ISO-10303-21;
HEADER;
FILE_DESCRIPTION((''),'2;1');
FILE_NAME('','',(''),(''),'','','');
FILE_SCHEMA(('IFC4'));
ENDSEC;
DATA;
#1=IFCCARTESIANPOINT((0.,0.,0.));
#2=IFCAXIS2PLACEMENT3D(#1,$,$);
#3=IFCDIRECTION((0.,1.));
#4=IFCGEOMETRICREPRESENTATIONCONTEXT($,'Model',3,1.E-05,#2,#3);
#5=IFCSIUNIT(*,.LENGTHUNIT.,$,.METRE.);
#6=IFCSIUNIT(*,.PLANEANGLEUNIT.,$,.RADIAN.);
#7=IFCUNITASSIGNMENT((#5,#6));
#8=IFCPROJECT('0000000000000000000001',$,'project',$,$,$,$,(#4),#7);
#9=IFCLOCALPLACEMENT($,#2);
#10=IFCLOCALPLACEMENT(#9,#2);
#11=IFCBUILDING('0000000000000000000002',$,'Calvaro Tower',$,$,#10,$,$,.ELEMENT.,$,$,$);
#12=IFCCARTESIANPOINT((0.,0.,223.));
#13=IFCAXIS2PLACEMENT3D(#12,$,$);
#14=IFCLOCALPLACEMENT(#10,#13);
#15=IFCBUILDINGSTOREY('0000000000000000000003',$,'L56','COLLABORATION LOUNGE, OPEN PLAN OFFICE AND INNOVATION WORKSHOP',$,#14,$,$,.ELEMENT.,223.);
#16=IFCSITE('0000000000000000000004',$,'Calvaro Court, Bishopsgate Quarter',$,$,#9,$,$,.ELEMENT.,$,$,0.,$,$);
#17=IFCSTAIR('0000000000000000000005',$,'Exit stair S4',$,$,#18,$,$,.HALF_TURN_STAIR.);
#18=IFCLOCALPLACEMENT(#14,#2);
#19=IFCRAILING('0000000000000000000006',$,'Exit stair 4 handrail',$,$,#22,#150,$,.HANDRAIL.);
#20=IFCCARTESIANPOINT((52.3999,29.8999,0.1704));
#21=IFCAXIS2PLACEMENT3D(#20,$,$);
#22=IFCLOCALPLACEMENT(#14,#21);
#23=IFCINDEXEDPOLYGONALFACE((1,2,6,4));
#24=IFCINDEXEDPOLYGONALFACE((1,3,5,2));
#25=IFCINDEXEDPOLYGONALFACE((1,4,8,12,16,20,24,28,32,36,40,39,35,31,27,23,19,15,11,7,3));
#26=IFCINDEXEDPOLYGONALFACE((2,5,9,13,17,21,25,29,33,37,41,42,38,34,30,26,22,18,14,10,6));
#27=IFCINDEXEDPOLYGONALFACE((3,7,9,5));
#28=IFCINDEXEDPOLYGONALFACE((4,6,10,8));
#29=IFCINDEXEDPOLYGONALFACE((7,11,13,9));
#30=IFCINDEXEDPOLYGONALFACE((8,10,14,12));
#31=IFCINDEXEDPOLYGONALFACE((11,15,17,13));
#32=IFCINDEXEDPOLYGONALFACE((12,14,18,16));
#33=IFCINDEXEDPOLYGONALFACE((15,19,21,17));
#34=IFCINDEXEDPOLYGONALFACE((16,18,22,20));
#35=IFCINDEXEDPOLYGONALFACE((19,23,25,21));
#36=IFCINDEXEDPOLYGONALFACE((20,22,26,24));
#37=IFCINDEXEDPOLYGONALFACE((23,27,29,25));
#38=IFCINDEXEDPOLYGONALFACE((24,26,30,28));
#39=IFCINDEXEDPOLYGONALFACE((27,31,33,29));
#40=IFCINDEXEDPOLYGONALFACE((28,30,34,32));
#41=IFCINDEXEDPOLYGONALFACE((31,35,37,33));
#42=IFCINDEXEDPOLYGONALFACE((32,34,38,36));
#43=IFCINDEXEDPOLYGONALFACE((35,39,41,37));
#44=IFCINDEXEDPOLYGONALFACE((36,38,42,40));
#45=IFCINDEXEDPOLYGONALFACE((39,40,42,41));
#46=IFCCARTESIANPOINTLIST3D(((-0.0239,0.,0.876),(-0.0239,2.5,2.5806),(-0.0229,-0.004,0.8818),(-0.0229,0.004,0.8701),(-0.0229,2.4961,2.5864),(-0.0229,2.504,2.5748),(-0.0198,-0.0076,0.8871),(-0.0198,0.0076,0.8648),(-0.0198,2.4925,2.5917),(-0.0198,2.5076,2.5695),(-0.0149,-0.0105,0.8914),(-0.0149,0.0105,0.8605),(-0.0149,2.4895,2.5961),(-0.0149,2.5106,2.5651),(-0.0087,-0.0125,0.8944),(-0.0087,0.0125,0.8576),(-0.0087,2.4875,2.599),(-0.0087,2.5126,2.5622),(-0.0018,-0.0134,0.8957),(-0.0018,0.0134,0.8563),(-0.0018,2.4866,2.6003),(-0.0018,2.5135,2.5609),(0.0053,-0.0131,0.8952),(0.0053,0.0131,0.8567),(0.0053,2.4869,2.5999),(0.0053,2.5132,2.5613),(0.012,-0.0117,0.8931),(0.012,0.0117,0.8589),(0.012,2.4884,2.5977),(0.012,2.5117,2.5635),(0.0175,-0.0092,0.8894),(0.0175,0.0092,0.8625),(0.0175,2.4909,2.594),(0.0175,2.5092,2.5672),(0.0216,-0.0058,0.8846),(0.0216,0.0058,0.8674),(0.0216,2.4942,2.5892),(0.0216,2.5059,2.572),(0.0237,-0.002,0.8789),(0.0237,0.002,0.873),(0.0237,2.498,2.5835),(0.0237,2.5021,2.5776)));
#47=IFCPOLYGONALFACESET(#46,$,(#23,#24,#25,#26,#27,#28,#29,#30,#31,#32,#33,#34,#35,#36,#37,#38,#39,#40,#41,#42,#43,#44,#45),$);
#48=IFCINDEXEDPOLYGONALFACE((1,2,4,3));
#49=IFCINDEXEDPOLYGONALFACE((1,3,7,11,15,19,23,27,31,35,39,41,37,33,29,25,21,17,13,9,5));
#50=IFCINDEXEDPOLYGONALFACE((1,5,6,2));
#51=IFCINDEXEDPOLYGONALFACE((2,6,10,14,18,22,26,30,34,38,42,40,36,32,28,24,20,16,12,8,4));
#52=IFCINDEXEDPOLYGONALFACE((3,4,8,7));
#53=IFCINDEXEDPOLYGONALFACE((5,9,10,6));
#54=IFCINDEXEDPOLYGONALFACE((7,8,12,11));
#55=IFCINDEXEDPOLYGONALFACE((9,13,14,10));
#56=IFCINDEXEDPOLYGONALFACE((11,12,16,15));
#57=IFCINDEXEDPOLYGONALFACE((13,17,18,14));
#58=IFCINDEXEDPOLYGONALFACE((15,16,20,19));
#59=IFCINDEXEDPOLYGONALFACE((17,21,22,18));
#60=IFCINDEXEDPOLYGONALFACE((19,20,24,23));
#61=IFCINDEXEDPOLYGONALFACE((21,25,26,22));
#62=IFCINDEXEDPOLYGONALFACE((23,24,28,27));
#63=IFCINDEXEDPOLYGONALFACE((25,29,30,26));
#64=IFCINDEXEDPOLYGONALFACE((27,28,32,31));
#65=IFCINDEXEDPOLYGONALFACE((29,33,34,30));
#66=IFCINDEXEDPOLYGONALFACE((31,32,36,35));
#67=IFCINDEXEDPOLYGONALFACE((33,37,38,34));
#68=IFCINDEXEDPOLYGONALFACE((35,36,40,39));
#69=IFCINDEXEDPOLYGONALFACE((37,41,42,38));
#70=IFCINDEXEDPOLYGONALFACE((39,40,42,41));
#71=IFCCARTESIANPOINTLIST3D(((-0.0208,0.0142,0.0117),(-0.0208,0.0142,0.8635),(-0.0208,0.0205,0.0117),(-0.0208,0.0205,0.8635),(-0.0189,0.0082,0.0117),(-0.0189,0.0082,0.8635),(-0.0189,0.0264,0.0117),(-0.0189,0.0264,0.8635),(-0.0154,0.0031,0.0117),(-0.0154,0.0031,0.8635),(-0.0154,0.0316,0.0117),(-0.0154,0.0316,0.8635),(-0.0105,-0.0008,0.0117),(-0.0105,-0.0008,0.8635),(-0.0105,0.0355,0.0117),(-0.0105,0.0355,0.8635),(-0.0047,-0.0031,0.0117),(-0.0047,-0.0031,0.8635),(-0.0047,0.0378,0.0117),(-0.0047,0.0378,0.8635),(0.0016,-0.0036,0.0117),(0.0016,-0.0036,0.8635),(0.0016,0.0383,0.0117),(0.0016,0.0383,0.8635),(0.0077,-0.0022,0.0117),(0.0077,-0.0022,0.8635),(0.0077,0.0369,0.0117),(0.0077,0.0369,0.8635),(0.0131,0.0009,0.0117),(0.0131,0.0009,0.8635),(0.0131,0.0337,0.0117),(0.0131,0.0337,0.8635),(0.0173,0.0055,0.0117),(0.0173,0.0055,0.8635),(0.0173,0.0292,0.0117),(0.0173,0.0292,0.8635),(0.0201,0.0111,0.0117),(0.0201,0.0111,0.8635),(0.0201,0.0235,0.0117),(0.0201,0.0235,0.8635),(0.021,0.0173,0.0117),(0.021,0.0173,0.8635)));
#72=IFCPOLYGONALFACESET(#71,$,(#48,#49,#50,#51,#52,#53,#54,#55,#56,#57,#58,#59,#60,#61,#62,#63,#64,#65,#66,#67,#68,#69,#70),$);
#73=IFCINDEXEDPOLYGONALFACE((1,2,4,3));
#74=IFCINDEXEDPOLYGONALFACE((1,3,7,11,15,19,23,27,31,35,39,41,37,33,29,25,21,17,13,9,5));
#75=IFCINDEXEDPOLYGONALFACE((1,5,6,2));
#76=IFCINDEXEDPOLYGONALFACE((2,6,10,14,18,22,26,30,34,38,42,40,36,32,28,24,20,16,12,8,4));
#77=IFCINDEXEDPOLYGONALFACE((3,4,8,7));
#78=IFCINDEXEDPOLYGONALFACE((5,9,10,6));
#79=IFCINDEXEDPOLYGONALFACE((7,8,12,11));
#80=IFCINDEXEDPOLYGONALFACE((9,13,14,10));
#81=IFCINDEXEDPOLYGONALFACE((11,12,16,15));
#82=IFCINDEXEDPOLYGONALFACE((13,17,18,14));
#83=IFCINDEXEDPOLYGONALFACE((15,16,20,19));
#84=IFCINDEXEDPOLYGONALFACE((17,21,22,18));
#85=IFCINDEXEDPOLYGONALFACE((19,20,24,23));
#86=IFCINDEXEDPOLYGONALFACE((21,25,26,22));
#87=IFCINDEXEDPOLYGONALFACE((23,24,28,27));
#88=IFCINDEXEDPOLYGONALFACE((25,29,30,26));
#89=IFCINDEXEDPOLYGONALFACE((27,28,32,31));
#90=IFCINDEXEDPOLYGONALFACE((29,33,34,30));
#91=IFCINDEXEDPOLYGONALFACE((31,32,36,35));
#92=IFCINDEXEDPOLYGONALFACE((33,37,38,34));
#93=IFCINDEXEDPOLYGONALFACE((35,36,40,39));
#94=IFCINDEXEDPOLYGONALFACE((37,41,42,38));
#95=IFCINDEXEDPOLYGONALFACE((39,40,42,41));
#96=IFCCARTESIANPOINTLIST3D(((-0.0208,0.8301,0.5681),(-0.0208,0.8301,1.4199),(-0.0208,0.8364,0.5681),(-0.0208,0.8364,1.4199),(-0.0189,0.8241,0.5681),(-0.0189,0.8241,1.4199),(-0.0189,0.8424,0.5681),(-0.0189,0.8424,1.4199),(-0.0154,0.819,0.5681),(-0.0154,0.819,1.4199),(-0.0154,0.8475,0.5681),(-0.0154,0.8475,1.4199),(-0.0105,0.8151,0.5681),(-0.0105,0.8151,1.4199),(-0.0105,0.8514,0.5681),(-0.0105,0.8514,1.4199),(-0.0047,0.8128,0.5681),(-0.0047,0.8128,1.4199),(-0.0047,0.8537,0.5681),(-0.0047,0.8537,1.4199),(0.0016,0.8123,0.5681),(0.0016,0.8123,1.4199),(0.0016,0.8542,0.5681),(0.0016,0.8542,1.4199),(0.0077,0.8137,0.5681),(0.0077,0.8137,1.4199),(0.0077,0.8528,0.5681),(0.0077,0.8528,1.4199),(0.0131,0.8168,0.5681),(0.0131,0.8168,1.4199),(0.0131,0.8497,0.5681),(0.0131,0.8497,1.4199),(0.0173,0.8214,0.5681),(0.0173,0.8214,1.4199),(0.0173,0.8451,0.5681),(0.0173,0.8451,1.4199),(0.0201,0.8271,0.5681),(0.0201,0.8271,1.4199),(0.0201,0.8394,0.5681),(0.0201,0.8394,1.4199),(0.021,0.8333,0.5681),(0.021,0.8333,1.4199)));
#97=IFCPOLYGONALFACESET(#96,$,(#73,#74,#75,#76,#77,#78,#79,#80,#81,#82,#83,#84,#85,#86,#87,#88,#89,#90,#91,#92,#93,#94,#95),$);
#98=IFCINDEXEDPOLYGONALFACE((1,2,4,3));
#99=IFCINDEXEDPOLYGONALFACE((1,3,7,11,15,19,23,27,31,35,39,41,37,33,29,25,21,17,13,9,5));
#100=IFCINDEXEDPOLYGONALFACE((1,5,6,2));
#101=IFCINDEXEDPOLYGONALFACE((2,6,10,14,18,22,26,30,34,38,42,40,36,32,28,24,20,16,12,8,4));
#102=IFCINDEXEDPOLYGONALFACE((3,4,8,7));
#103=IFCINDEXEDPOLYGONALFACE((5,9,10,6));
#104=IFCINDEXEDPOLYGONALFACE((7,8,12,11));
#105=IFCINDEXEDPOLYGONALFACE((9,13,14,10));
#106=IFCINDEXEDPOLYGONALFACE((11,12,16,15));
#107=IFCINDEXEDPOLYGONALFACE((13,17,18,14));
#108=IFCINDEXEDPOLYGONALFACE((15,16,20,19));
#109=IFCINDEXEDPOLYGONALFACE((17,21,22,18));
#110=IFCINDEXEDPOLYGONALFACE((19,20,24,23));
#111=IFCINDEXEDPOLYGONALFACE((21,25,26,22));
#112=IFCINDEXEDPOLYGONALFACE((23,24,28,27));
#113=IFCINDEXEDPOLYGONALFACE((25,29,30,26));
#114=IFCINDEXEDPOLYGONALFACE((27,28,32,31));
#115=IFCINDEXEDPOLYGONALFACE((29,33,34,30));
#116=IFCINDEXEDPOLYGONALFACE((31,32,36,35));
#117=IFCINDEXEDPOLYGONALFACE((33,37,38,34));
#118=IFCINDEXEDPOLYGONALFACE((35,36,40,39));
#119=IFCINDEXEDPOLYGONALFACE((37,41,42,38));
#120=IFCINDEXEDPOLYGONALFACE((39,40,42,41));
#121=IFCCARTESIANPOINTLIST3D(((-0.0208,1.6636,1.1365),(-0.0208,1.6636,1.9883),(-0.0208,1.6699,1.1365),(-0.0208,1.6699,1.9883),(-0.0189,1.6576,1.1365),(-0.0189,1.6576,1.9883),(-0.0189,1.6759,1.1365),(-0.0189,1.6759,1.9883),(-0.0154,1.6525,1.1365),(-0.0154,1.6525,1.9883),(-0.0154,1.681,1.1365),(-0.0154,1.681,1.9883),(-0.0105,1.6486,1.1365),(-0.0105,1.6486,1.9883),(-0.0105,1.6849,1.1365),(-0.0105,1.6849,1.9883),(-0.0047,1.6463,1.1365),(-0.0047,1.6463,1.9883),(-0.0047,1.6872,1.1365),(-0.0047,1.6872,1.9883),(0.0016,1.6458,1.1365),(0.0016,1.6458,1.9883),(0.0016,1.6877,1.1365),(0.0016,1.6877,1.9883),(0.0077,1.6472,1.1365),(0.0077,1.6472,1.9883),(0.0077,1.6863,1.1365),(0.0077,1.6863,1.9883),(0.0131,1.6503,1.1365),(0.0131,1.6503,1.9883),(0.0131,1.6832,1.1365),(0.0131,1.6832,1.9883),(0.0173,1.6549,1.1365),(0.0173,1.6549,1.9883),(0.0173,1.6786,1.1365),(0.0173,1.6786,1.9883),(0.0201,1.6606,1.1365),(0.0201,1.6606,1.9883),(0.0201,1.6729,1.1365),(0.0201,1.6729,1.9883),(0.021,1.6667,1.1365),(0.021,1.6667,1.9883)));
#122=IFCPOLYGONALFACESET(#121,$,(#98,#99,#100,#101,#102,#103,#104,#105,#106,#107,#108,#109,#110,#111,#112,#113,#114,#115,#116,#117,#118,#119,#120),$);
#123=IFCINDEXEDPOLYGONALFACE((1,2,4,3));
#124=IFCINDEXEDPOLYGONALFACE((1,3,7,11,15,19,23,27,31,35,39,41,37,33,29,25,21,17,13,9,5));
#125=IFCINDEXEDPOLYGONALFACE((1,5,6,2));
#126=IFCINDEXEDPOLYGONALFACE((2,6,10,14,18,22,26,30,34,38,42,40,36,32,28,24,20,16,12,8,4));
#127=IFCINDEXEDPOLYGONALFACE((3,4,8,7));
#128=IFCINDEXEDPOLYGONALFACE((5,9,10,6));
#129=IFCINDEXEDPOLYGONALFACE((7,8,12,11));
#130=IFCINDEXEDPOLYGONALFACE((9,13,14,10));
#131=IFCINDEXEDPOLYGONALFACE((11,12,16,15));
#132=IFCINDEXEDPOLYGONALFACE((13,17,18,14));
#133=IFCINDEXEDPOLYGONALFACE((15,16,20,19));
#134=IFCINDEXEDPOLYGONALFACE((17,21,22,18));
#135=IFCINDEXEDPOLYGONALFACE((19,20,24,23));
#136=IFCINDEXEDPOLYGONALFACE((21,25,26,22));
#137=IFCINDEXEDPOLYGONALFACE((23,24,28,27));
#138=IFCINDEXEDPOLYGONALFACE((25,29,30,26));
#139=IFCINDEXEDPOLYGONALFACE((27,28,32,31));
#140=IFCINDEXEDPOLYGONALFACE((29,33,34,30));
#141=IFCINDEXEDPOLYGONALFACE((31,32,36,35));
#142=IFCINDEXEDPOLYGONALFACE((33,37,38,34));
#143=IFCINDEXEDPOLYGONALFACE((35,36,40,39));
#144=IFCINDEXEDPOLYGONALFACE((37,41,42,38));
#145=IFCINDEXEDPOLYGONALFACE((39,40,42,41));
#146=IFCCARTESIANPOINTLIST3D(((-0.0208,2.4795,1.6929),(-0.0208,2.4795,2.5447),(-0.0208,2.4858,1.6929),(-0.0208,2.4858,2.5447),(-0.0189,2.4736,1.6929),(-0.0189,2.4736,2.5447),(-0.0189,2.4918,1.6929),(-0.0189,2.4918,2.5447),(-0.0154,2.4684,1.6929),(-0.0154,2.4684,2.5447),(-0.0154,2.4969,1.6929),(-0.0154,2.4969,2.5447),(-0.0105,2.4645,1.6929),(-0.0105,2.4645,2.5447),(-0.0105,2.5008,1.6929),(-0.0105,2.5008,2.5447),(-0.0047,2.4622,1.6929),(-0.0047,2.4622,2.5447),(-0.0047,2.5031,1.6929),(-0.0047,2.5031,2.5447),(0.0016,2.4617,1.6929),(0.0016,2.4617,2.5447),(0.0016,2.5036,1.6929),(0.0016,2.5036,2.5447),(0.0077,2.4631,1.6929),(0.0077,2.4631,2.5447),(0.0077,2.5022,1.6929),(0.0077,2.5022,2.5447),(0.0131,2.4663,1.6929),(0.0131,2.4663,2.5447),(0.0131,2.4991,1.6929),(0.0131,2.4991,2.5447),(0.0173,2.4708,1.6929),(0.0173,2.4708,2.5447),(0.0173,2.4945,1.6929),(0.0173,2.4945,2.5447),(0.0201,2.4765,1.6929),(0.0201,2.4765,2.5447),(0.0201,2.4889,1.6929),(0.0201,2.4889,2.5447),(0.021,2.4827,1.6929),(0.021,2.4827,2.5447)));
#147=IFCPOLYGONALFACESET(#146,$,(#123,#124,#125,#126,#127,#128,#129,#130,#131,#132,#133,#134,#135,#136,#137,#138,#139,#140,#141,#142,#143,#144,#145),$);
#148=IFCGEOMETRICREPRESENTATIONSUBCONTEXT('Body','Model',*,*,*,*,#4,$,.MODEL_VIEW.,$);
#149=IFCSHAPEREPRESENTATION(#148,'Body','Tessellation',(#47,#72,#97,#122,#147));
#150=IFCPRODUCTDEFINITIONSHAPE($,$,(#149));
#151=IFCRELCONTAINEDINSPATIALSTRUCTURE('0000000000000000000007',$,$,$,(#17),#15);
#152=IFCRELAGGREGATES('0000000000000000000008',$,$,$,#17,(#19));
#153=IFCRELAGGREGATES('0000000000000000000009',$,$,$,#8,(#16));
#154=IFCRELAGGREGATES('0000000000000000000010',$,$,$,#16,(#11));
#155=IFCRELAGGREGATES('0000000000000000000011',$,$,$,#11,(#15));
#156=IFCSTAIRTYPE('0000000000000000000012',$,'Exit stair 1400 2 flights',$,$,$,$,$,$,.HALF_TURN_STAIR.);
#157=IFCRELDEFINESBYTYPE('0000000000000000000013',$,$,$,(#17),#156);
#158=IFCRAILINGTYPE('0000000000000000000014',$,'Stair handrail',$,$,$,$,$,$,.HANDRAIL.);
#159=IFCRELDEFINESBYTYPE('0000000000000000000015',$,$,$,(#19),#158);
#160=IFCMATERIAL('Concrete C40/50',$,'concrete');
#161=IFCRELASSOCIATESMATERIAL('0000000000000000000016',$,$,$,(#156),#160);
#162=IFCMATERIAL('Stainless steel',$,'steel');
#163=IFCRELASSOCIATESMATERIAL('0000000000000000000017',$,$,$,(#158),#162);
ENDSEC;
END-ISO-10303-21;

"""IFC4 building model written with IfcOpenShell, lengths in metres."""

from ifc_helpers import new_model, si_unit, direction, frame, origin, origin_2d, place, context, subcontext, project, spatial, circle, extrude, material, type_object, element, aggregate, save


model = new_model("IFC4")

# Units and contexts
model_context = context("Model", 3, precision=1e-05, world=origin(), true_north=direction((0.0, 1.0)))
body_context = subcontext(model_context, "Body", "Model", "MODEL_VIEW")
ifc_project = project(units=[si_unit("LENGTHUNIT", "METRE"), si_unit("PLANEANGLEUNIT", "RADIAN")], contexts=[model_context])

# Site, building, storey
site_placement = place(None, origin())
site = spatial("IfcSite", under=ifc_project, at=site_placement, Name="Calvaro Court, Bishopsgate Quarter", CompositionType="ELEMENT", RefElevation=0.0)
building_placement = place(site_placement, origin())
building = spatial("IfcBuilding", under=site, at=building_placement, Name="Calvaro Tower", CompositionType="ELEMENT")
storey_placement = place(building_placement, frame((0.0, 0.0, 223.0)))
storey = spatial("IfcBuildingStorey", under=building, at=storey_placement, Name="L56", Description="COLLABORATION LOUNGE, OPEN PLAN OFFICE AND INNOVATION WORKSHOP", CompositionType="ELEMENT", Elevation=223.0)

# Stair
ifc_material_1 = material(Name="Concrete C40/50", Category="concrete")
stair_type = type_object("IfcStairType", Name="Exit stair 1400 2 flights", PredefinedType="HALF_TURN_STAIR", material=ifc_material_1)
stair_1_placement = place(storey_placement, origin())
stair_1 = element("IfcStair", 1, at=stair_1_placement, inside=storey, type_object=stair_type, Name="Exit stair S4", PredefinedType="HALF_TURN_STAIR")

# Railing
ifc_material_2 = material(Name="Stainless steel", Category="steel")
railing_type = type_object("IfcRailingType", Name="Stair handrail", PredefinedType="HANDRAIL", material=ifc_material_2)
railing_1_placement = place(storey_placement, frame((52.3999, 29.8999, 0.1704)))
railing_1 = element("IfcRailing", 2, at=railing_1_placement, type_object=railing_type, Name="Exit stair 4 handrail", PredefinedType="HANDRAIL", context=body_context, shape_type="SweptSolid", body=[
    extrude(circle(Radius=0.0239, at=origin_2d()), frame((0.0, 0.0, 0.876), z_axis=(0.0, 0.826221, 0.563347), x_axis=(-1.0, 0.0, 0.0)), (0.0, 0.0, 1.0), 3.0259),
    extrude(circle(Radius=0.021, at=origin_2d()), frame((0.0, 0.0173, 0.0117)), (0.0, 0.0, 1.0), 0.8518),
    extrude(circle(Radius=0.021, at=origin_2d()), frame((0.0, 0.8333, 0.5681)), (0.0, 0.0, 1.0), 0.8518),
    extrude(circle(Radius=0.021, at=origin_2d()), frame((0.0, 1.6667, 1.1365)), (0.0, 0.0, 1.0), 0.8518),
    extrude(circle(Radius=0.021, at=origin_2d()), frame((0.0, 2.4827, 1.6929)), (0.0, 0.0, 1.0), 0.8518),
])
aggregate(stair_1, [railing_1])

save(model, "model.ifc")
